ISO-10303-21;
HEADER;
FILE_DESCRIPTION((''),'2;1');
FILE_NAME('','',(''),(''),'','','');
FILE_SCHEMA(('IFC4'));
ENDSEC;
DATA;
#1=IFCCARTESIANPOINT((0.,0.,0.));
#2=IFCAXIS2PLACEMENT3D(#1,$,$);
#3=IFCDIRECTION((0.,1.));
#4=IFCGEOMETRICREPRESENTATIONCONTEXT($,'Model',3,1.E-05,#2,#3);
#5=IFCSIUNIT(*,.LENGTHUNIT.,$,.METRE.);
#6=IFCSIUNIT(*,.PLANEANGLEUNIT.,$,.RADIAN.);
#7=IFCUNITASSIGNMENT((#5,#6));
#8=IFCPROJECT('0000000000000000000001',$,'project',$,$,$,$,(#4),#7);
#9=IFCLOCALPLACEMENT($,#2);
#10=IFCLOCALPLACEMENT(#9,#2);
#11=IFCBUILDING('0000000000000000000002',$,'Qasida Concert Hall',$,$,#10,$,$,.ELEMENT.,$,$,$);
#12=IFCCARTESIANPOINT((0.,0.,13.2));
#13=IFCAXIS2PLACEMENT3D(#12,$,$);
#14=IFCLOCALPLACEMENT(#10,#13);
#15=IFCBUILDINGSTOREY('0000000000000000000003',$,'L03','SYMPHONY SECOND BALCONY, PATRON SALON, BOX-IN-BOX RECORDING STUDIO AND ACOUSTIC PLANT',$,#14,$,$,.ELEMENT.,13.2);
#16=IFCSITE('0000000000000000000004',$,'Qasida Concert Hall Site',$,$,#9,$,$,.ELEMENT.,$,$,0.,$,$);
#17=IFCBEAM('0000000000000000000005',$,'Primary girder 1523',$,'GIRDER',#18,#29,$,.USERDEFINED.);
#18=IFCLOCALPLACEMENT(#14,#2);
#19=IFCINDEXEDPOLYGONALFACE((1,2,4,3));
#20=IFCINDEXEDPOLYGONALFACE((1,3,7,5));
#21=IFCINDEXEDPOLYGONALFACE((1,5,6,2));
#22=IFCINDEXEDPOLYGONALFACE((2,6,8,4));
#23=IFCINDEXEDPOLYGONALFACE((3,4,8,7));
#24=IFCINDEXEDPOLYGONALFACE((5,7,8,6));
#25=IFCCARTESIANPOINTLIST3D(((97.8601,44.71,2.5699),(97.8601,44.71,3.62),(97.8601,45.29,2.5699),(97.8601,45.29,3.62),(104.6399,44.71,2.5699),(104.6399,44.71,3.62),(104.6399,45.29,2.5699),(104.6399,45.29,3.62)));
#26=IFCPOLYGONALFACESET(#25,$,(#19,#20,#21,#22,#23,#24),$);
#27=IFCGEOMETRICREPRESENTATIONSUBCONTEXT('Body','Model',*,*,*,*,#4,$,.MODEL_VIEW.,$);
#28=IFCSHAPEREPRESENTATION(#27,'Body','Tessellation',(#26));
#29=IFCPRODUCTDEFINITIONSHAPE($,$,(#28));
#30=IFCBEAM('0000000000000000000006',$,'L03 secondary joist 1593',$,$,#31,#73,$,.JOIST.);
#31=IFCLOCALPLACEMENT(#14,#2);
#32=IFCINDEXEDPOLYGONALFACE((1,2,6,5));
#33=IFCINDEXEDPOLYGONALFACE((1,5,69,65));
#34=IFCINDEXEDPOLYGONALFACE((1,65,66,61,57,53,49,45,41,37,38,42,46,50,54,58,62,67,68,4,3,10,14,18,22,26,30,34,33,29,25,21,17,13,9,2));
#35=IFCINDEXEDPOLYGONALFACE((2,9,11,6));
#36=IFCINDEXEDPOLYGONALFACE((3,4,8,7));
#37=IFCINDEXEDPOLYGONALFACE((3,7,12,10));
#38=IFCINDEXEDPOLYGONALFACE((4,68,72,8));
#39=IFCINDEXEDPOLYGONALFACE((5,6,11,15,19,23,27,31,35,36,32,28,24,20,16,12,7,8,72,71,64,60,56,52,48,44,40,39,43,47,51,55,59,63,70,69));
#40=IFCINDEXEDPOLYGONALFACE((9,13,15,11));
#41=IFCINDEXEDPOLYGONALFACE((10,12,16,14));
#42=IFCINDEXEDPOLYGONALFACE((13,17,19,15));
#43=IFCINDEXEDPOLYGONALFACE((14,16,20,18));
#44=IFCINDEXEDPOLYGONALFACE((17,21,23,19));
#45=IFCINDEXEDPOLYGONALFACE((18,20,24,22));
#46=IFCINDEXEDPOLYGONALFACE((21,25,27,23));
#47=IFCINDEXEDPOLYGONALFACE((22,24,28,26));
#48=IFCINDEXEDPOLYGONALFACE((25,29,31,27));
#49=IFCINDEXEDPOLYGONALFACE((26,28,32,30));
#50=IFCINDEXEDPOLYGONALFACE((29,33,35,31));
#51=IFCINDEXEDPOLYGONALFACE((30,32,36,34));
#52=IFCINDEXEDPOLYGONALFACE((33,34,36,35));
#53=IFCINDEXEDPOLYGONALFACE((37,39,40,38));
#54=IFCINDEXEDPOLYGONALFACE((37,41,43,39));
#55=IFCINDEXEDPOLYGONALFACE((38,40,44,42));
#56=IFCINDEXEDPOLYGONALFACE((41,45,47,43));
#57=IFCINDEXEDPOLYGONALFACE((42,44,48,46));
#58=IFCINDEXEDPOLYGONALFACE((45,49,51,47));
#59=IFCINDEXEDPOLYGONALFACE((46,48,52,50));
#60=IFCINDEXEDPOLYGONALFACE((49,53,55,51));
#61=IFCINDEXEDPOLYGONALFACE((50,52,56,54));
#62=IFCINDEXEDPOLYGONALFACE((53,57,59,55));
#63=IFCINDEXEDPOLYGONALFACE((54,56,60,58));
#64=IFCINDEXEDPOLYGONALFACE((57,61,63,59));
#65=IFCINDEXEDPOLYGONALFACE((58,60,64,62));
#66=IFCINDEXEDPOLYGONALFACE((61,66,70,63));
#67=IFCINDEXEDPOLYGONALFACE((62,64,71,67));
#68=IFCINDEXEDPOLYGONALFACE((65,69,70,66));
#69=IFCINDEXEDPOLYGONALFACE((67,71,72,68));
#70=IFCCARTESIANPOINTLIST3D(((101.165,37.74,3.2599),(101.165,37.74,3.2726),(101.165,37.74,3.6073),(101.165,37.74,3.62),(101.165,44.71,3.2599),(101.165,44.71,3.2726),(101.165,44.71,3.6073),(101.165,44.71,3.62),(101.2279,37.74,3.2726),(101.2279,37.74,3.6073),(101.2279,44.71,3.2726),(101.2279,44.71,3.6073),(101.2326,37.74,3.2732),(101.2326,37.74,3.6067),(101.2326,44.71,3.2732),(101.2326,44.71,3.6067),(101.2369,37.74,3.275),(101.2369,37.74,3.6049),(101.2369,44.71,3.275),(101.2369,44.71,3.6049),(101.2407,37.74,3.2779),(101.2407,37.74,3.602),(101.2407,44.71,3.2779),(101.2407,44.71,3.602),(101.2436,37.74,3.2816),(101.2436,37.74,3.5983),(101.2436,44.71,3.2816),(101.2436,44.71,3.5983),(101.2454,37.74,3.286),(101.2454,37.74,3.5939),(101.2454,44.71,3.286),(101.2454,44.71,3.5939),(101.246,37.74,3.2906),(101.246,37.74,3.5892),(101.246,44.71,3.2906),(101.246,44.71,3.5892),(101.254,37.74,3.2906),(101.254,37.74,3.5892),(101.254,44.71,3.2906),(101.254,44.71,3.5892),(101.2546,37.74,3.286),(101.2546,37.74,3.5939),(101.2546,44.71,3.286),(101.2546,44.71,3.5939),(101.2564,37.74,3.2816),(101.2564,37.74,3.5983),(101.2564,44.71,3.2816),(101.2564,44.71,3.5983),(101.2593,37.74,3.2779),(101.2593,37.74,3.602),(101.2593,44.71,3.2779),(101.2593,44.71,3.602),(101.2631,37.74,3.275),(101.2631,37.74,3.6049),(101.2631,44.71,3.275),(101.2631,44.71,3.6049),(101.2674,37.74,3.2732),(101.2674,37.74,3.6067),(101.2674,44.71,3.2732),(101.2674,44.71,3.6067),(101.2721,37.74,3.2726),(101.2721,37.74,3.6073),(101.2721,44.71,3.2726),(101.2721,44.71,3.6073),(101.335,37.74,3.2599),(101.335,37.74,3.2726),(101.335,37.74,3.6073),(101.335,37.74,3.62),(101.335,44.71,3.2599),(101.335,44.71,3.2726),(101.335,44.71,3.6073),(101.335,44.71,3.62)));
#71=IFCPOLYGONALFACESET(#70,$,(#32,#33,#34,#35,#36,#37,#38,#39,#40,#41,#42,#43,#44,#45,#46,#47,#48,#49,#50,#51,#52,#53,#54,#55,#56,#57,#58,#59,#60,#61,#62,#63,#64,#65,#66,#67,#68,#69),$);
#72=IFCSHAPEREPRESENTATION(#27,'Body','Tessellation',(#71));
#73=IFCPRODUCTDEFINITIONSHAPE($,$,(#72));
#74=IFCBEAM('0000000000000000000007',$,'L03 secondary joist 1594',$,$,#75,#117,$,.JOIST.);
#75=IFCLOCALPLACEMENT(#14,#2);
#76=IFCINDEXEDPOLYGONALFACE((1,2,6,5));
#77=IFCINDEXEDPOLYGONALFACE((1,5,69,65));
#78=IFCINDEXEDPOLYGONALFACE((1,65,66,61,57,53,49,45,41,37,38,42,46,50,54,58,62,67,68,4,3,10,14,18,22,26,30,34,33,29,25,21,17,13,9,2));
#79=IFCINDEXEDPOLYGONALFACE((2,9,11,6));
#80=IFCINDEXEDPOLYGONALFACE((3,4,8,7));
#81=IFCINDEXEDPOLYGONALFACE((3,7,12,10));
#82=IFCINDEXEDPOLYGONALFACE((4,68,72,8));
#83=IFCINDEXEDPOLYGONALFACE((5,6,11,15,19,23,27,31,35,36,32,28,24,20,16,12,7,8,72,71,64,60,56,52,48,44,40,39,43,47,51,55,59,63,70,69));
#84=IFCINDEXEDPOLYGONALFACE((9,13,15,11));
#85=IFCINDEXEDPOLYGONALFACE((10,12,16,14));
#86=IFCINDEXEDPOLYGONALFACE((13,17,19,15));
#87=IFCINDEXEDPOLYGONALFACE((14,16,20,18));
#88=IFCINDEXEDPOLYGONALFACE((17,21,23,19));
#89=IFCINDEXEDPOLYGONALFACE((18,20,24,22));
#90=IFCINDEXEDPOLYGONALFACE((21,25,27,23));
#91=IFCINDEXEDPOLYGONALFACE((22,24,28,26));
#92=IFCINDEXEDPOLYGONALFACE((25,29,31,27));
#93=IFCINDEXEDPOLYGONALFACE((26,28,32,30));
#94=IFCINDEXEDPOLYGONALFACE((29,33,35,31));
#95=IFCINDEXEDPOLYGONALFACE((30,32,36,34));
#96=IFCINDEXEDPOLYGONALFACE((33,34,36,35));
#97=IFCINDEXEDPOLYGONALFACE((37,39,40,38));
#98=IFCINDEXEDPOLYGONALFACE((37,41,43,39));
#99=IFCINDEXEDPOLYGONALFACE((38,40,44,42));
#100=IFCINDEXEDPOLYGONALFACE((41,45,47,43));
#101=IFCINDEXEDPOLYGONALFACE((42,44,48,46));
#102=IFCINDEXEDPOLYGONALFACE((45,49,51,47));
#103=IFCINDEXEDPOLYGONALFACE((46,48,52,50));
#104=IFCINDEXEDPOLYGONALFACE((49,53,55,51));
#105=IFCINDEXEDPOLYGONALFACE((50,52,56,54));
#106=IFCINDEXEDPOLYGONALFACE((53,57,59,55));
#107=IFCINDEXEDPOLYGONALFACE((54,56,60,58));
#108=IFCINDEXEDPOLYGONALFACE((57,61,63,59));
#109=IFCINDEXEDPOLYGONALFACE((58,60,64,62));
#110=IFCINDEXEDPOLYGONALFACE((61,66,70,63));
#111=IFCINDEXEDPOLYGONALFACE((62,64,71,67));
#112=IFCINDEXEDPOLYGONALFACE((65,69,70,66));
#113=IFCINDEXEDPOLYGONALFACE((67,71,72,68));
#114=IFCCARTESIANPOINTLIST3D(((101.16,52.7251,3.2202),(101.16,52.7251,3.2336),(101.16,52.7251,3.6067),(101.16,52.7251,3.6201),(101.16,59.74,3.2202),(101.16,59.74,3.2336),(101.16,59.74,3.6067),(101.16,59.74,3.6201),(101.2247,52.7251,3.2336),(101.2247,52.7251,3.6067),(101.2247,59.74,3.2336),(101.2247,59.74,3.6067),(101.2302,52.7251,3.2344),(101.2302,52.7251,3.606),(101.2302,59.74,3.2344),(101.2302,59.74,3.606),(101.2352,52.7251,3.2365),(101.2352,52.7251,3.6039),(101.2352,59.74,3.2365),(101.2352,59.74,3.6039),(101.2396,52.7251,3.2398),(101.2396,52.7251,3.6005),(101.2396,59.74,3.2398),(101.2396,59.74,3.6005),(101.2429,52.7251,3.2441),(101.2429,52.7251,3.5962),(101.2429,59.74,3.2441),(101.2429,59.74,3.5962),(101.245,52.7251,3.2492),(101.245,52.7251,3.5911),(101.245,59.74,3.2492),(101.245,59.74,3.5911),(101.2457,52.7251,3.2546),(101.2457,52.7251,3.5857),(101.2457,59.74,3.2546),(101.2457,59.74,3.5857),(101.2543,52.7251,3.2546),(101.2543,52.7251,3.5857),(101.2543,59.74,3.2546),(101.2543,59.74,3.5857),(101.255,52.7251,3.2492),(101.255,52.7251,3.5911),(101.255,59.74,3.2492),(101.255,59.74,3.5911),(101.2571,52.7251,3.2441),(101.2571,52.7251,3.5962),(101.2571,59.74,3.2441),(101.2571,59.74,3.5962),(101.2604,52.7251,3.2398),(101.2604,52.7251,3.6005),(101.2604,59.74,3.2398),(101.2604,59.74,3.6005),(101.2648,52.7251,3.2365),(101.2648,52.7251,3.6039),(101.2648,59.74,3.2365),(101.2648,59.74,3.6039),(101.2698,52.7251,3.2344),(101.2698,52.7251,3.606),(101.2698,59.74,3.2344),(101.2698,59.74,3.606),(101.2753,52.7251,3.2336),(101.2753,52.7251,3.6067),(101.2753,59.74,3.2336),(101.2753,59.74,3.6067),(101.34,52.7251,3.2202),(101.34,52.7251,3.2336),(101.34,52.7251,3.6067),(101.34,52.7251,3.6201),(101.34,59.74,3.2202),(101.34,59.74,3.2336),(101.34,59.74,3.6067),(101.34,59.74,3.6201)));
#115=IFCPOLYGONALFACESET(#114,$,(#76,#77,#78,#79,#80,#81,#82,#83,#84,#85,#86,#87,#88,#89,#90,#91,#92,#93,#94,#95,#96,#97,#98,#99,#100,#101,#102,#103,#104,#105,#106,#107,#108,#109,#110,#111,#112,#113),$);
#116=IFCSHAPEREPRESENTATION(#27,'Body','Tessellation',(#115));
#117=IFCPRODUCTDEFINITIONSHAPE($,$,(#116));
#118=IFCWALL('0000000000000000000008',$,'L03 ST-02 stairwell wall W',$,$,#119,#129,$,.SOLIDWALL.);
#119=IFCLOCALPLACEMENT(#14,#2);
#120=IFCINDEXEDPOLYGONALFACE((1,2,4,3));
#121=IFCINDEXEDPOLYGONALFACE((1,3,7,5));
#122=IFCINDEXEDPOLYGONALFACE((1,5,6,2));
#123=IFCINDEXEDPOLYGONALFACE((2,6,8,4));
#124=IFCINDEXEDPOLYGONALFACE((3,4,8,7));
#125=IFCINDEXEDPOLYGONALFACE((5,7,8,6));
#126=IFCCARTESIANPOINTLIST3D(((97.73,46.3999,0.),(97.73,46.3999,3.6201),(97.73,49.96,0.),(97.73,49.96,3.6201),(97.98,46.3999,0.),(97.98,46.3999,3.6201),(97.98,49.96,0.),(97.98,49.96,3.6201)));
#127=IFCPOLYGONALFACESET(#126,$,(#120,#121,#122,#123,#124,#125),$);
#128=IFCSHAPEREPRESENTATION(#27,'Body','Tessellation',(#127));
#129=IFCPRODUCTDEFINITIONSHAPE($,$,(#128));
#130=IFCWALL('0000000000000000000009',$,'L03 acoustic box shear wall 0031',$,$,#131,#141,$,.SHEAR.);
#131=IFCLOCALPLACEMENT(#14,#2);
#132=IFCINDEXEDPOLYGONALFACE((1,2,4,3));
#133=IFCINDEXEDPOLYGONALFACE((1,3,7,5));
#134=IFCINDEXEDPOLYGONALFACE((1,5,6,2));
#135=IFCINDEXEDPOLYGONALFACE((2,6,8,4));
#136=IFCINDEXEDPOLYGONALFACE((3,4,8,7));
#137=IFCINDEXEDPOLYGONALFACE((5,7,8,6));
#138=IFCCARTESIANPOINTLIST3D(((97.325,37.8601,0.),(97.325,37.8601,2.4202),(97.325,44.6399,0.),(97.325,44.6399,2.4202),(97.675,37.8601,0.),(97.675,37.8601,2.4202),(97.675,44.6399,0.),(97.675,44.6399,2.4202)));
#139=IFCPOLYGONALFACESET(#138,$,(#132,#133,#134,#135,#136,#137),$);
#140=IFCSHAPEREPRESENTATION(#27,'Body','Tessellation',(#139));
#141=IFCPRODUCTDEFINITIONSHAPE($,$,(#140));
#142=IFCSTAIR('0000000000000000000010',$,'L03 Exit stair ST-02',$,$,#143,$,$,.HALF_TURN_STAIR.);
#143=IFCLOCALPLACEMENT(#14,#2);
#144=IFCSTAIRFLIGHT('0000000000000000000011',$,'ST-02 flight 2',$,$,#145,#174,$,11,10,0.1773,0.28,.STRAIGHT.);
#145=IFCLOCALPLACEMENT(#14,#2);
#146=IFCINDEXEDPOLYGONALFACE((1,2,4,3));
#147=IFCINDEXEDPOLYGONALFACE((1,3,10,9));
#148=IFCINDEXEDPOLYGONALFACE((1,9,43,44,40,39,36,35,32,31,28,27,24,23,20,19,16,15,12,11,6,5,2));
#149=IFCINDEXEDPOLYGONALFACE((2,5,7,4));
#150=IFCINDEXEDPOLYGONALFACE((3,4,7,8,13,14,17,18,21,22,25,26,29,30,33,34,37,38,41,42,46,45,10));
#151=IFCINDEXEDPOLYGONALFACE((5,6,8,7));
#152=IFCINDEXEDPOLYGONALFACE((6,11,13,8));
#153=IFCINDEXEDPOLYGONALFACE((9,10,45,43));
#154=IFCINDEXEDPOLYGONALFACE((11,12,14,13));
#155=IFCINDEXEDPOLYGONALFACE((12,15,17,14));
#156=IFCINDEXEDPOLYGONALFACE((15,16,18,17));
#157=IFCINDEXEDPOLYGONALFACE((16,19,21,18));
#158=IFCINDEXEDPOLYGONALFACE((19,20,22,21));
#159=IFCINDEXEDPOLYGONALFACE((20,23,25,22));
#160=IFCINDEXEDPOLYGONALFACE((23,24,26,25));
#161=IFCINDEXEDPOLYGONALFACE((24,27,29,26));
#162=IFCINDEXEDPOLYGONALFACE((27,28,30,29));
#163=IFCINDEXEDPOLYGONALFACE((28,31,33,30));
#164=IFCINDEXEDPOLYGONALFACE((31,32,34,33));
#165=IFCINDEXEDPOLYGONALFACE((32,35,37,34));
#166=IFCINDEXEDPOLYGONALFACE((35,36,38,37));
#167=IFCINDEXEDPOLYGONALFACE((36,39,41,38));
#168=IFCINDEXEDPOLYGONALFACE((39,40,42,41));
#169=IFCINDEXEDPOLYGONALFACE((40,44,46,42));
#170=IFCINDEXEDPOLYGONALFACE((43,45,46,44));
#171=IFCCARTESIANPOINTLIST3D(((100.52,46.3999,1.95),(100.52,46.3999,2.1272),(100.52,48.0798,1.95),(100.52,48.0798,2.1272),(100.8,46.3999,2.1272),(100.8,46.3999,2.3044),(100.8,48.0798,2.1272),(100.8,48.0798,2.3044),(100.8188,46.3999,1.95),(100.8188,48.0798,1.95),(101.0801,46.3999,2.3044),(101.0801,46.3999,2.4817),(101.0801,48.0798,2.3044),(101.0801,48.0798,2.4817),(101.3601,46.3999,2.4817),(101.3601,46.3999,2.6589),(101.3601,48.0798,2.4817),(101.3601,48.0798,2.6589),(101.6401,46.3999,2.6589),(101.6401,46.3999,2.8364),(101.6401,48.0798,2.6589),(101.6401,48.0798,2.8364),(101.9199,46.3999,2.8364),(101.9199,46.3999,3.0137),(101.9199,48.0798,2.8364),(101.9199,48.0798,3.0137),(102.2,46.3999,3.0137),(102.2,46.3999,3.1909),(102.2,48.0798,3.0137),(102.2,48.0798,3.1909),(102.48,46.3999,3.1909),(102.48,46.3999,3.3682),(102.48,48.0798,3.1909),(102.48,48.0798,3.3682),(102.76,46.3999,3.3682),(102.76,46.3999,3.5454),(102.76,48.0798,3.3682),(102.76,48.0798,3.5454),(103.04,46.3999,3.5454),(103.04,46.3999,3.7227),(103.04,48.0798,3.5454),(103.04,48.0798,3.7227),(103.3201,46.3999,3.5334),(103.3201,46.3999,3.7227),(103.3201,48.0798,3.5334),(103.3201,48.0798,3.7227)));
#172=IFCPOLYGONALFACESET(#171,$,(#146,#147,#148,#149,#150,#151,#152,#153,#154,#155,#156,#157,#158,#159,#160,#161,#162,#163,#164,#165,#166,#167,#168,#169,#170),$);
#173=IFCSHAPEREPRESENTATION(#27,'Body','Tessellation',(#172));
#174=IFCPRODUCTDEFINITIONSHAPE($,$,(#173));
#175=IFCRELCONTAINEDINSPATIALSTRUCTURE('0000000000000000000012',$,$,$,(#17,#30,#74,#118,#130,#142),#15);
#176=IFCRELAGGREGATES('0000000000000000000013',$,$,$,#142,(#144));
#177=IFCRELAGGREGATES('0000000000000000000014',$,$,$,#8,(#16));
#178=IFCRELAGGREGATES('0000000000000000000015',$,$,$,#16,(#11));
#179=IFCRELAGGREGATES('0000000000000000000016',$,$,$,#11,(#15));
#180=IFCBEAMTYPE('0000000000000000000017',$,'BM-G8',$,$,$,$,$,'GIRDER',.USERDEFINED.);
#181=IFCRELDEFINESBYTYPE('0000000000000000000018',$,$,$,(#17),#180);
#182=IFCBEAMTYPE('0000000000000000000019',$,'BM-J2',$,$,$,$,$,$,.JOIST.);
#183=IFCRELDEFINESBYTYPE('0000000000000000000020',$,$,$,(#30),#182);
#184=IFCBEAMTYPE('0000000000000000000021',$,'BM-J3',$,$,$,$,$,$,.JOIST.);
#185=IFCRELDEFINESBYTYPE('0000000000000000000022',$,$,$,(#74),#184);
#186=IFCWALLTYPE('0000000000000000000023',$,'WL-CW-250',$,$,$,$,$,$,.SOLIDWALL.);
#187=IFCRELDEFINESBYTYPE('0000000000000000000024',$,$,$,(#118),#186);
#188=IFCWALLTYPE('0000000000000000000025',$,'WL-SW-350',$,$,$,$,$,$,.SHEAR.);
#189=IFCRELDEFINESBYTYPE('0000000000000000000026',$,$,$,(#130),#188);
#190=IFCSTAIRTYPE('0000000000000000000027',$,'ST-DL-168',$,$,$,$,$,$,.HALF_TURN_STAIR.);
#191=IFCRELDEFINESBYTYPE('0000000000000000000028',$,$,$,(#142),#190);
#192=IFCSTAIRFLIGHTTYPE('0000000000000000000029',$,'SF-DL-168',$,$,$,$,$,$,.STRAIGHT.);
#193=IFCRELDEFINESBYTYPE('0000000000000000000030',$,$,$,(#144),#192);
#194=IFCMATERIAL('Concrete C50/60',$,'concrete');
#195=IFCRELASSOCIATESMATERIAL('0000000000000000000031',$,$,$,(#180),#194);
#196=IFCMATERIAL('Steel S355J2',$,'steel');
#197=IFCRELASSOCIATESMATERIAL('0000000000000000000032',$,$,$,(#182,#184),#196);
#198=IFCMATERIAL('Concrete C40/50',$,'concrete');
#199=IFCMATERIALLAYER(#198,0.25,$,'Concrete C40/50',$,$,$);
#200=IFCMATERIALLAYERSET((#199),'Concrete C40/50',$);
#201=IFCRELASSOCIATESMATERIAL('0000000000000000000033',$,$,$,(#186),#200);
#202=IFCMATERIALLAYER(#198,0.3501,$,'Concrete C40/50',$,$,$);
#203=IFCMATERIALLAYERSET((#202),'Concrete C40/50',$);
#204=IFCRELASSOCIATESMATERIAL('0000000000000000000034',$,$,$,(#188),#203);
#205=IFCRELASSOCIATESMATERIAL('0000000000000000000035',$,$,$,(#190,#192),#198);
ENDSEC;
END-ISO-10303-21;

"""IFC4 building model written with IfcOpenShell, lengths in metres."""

from ifc_helpers import new_model, si_unit, direction, frame, frame_2d, origin, origin_2d, place, context, subcontext, project, spatial, polyline, rectangle, i_section, outline, extrude, material, layer, layer_set, material_profile, profile_set, type_object, element, aggregate, save


model = new_model("IFC4")

# Units and contexts
model_context = context("Model", 3, precision=1e-05, world=origin(), true_north=direction((0.0, 1.0)))
body_context = subcontext(model_context, "Body", "Model", "MODEL_VIEW")
ifc_project = project(units=[si_unit("LENGTHUNIT", "METRE"), si_unit("PLANEANGLEUNIT", "RADIAN")], contexts=[model_context])

# Site, building, storey
site_placement = place(None, origin())
site = spatial("IfcSite", under=ifc_project, at=site_placement, Name="Qasida Concert Hall Site", CompositionType="ELEMENT", RefElevation=0.0)
building_placement = place(site_placement, origin())
building = spatial("IfcBuilding", under=site, at=building_placement, Name="Qasida Concert Hall", CompositionType="ELEMENT")
storey_placement = place(building_placement, frame((0.0, 0.0, 13.2)))
storey = spatial("IfcBuildingStorey", under=building, at=storey_placement, Name="L03", Description="SYMPHONY SECOND BALCONY, PATRON SALON, BOX-IN-BOX RECORDING STUDIO AND ACOUSTIC PLANT", CompositionType="ELEMENT", Elevation=13.2)

# Shared definitions
ifc_material_1 = material(Name="Concrete C50/60", Category="concrete")

# Beams
ifc_material_2 = material(Name="Concrete C40/50", Category="concrete")
ifc_material_3 = material(Name="Steel S355J2", Category="steel")
ifc_material_profile_1 = material_profile(ifc_material_1, rectangle(XDim=0.5801, YDim=1.05, at=origin_2d()), Name="RC 580x1050")
ifc_profile_set_1 = profile_set([ifc_material_profile_1], Name="Concrete C50/60")
beam_type_1 = type_object("IfcBeamType", Name="BM-G8", ElementType="GIRDER", PredefinedType="USERDEFINED", material=ifc_profile_set_1)
beam_1_placement = place(storey_placement, frame((97.8601, 45.0, 3.095), z_axis=(1.0, 0.0, 0.0), x_axis=(0.0, 1.0, 0.0)))
element("IfcBeam", 1, at=beam_1_placement, inside=storey, type_object=beam_type_1, Name="Primary girder 1523", ObjectType="GIRDER", PredefinedType="USERDEFINED", context=body_context, shape_type="SweptSolid", body=[
    extrude(rectangle(XDim=0.5801, YDim=1.05, at=origin_2d()), origin(), (0.0, 0.0, 1.0), 6.7798),
])
ifc_material_profile_2 = material_profile(ifc_material_3, i_section(OverallWidth=0.1699, OverallDepth=0.3601, WebThickness=0.0081, FlangeThickness=0.0127, FilletRadius=0.0181, at=origin_2d()), Name="IPE 360")
ifc_profile_set_2 = profile_set([ifc_material_profile_2], Name="Steel S355J2")
beam_type_2 = type_object("IfcBeamType", Name="BM-J2", PredefinedType="JOIST", material=ifc_profile_set_2)
beam_2_placement = place(storey_placement, frame((101.25, 37.74, 3.4399), z_axis=(0.0, 1.0, 0.0), x_axis=(-1.0, 0.0, 0.0)))
element("IfcBeam", 2, at=beam_2_placement, inside=storey, type_object=beam_type_2, Name="L03 secondary joist 1593", PredefinedType="JOIST", context=body_context, shape_type="SweptSolid", body=[
    extrude(i_section(OverallWidth=0.1699, OverallDepth=0.3601, WebThickness=0.0081, FlangeThickness=0.0127, FilletRadius=0.0181, at=origin_2d()), origin(), (0.0, 0.0, 1.0), 6.97),
])
ifc_material_profile_3 = material_profile(ifc_material_3, i_section(OverallWidth=0.1799, OverallDepth=0.3999, WebThickness=0.0085, FlangeThickness=0.0134, FilletRadius=0.021, at=origin_2d()), Name="IPE 400")
ifc_profile_set_3 = profile_set([ifc_material_profile_3], Name="Steel S355J2")
beam_type_3 = type_object("IfcBeamType", Name="BM-J3", PredefinedType="JOIST", material=ifc_profile_set_3)
beam_3_placement = place(storey_placement, frame((101.25, 52.7251, 3.4202), z_axis=(0.0, 1.0, 0.0), x_axis=(-1.0, 0.0, 0.0)))
element("IfcBeam", 3, at=beam_3_placement, inside=storey, type_object=beam_type_3, Name="L03 secondary joist 1594", PredefinedType="JOIST", context=body_context, shape_type="SweptSolid", body=[
    extrude(i_section(OverallWidth=0.1799, OverallDepth=0.3999, WebThickness=0.0085, FlangeThickness=0.0134, FilletRadius=0.021, at=origin_2d()), origin(), (0.0, 0.0, 1.0), 7.0149),
])

# Shared definitions
ifc_layer_1 = layer(ifc_material_2, 0.25, Name="Concrete C40/50")
ifc_layer_set_1 = layer_set([ifc_layer_1], Name="Concrete C40/50")
wall_type_1 = type_object("IfcWallType", Name="WL-CW-250", PredefinedType="SOLIDWALL", material=ifc_layer_set_1)

# Walls
wall_1_placement = place(storey_placement, frame((97.855, 46.3999, 0.0), z_axis=(0.0, 0.0, 1.0), x_axis=(0.0, 1.0, 0.0)))
element("IfcWall", 4, at=wall_1_placement, inside=storey, type_object=wall_type_1, Name="L03 ST-02 stairwell wall W", PredefinedType="SOLIDWALL", context=body_context, shape_type="SweptSolid", body=[
    extrude(rectangle(XDim=3.5601, YDim=0.25, at=frame_2d((1.78, 0.0))), origin(), (0.0, 0.0, 1.0), 3.6201),
])
ifc_layer_2 = layer(ifc_material_2, 0.3501, Name="Concrete C40/50")
ifc_layer_set_2 = layer_set([ifc_layer_2], Name="Concrete C40/50")
wall_type_2 = type_object("IfcWallType", Name="WL-SW-350", PredefinedType="SHEAR", material=ifc_layer_set_2)
wall_2_placement = place(storey_placement, frame((97.5, 37.8601, 0.0), z_axis=(0.0, 0.0, 1.0), x_axis=(0.0, 1.0, 0.0)))
element("IfcWall", 5, at=wall_2_placement, inside=storey, type_object=wall_type_2, Name="L03 acoustic box shear wall 0031", PredefinedType="SHEAR", context=body_context, shape_type="SweptSolid", body=[
    extrude(rectangle(XDim=6.7798, YDim=0.3501, at=frame_2d((3.3899, 0.0))), origin(), (0.0, 0.0, 1.0), 2.4202),
])

# Stair, stair flight
stair_type_1 = type_object("IfcStairType", Name="ST-DL-168", PredefinedType="HALF_TURN_STAIR", material=ifc_material_2)
stair_1_placement = place(storey_placement, origin())
stair_1 = element("IfcStair", 6, at=stair_1_placement, inside=storey, type_object=stair_type_1, Name="L03 Exit stair ST-02", PredefinedType="HALF_TURN_STAIR")
stair_flight_type_1 = type_object("IfcStairFlightType", Name="SF-DL-168", PredefinedType="STRAIGHT", material=ifc_material_2)
stair_flight_1_placement = place(storey_placement, frame((100.52, 47.24, 1.95), z_axis=(0.0, 0.0, 1.0), x_axis=(1.0, 0.0, 0.0)))
stair_flight_1 = element("IfcStairFlight", 7, at=stair_flight_1_placement, type_object=stair_flight_type_1, Name="ST-02 flight 2", NumberOfRisers=11, NumberOfTreads=10, PredefinedType="STRAIGHT", RiserHeight=0.1773, TreadLength=0.28, context=body_context, shape_type="SweptSolid", body=[
    extrude(outline(polyline([(0.0, 0.0), (0.0, 0.1772), (0.28, 0.1772), (0.28, 0.3545), (0.5601, 0.3545), (0.5601, 0.5317), (0.8401, 0.5317), (0.8401, 0.709), (1.1201, 0.709), (1.1201, 0.8865), (1.3999, 0.8865), (1.3999, 1.0637), (1.6799, 1.0637), (1.6799, 1.241), (1.96, 1.241), (1.96, 1.4182), (2.24, 1.4182), (2.24, 1.5955), (2.52, 1.5955), (2.52, 1.7727), (2.8, 1.7727), (2.8, 1.95), (2.8, 1.5835), (0.2988, 0.0), (0.0, 0.0)])), frame((0.0, 0.8398, 0.0), z_axis=(0.0, -1.0, 0.0), x_axis=(1.0, 0.0, 0.0)), (0.0, 0.0, 1.0), 1.6799),
])
aggregate(stair_1, [stair_flight_1])

save(model, "model.ifc")
